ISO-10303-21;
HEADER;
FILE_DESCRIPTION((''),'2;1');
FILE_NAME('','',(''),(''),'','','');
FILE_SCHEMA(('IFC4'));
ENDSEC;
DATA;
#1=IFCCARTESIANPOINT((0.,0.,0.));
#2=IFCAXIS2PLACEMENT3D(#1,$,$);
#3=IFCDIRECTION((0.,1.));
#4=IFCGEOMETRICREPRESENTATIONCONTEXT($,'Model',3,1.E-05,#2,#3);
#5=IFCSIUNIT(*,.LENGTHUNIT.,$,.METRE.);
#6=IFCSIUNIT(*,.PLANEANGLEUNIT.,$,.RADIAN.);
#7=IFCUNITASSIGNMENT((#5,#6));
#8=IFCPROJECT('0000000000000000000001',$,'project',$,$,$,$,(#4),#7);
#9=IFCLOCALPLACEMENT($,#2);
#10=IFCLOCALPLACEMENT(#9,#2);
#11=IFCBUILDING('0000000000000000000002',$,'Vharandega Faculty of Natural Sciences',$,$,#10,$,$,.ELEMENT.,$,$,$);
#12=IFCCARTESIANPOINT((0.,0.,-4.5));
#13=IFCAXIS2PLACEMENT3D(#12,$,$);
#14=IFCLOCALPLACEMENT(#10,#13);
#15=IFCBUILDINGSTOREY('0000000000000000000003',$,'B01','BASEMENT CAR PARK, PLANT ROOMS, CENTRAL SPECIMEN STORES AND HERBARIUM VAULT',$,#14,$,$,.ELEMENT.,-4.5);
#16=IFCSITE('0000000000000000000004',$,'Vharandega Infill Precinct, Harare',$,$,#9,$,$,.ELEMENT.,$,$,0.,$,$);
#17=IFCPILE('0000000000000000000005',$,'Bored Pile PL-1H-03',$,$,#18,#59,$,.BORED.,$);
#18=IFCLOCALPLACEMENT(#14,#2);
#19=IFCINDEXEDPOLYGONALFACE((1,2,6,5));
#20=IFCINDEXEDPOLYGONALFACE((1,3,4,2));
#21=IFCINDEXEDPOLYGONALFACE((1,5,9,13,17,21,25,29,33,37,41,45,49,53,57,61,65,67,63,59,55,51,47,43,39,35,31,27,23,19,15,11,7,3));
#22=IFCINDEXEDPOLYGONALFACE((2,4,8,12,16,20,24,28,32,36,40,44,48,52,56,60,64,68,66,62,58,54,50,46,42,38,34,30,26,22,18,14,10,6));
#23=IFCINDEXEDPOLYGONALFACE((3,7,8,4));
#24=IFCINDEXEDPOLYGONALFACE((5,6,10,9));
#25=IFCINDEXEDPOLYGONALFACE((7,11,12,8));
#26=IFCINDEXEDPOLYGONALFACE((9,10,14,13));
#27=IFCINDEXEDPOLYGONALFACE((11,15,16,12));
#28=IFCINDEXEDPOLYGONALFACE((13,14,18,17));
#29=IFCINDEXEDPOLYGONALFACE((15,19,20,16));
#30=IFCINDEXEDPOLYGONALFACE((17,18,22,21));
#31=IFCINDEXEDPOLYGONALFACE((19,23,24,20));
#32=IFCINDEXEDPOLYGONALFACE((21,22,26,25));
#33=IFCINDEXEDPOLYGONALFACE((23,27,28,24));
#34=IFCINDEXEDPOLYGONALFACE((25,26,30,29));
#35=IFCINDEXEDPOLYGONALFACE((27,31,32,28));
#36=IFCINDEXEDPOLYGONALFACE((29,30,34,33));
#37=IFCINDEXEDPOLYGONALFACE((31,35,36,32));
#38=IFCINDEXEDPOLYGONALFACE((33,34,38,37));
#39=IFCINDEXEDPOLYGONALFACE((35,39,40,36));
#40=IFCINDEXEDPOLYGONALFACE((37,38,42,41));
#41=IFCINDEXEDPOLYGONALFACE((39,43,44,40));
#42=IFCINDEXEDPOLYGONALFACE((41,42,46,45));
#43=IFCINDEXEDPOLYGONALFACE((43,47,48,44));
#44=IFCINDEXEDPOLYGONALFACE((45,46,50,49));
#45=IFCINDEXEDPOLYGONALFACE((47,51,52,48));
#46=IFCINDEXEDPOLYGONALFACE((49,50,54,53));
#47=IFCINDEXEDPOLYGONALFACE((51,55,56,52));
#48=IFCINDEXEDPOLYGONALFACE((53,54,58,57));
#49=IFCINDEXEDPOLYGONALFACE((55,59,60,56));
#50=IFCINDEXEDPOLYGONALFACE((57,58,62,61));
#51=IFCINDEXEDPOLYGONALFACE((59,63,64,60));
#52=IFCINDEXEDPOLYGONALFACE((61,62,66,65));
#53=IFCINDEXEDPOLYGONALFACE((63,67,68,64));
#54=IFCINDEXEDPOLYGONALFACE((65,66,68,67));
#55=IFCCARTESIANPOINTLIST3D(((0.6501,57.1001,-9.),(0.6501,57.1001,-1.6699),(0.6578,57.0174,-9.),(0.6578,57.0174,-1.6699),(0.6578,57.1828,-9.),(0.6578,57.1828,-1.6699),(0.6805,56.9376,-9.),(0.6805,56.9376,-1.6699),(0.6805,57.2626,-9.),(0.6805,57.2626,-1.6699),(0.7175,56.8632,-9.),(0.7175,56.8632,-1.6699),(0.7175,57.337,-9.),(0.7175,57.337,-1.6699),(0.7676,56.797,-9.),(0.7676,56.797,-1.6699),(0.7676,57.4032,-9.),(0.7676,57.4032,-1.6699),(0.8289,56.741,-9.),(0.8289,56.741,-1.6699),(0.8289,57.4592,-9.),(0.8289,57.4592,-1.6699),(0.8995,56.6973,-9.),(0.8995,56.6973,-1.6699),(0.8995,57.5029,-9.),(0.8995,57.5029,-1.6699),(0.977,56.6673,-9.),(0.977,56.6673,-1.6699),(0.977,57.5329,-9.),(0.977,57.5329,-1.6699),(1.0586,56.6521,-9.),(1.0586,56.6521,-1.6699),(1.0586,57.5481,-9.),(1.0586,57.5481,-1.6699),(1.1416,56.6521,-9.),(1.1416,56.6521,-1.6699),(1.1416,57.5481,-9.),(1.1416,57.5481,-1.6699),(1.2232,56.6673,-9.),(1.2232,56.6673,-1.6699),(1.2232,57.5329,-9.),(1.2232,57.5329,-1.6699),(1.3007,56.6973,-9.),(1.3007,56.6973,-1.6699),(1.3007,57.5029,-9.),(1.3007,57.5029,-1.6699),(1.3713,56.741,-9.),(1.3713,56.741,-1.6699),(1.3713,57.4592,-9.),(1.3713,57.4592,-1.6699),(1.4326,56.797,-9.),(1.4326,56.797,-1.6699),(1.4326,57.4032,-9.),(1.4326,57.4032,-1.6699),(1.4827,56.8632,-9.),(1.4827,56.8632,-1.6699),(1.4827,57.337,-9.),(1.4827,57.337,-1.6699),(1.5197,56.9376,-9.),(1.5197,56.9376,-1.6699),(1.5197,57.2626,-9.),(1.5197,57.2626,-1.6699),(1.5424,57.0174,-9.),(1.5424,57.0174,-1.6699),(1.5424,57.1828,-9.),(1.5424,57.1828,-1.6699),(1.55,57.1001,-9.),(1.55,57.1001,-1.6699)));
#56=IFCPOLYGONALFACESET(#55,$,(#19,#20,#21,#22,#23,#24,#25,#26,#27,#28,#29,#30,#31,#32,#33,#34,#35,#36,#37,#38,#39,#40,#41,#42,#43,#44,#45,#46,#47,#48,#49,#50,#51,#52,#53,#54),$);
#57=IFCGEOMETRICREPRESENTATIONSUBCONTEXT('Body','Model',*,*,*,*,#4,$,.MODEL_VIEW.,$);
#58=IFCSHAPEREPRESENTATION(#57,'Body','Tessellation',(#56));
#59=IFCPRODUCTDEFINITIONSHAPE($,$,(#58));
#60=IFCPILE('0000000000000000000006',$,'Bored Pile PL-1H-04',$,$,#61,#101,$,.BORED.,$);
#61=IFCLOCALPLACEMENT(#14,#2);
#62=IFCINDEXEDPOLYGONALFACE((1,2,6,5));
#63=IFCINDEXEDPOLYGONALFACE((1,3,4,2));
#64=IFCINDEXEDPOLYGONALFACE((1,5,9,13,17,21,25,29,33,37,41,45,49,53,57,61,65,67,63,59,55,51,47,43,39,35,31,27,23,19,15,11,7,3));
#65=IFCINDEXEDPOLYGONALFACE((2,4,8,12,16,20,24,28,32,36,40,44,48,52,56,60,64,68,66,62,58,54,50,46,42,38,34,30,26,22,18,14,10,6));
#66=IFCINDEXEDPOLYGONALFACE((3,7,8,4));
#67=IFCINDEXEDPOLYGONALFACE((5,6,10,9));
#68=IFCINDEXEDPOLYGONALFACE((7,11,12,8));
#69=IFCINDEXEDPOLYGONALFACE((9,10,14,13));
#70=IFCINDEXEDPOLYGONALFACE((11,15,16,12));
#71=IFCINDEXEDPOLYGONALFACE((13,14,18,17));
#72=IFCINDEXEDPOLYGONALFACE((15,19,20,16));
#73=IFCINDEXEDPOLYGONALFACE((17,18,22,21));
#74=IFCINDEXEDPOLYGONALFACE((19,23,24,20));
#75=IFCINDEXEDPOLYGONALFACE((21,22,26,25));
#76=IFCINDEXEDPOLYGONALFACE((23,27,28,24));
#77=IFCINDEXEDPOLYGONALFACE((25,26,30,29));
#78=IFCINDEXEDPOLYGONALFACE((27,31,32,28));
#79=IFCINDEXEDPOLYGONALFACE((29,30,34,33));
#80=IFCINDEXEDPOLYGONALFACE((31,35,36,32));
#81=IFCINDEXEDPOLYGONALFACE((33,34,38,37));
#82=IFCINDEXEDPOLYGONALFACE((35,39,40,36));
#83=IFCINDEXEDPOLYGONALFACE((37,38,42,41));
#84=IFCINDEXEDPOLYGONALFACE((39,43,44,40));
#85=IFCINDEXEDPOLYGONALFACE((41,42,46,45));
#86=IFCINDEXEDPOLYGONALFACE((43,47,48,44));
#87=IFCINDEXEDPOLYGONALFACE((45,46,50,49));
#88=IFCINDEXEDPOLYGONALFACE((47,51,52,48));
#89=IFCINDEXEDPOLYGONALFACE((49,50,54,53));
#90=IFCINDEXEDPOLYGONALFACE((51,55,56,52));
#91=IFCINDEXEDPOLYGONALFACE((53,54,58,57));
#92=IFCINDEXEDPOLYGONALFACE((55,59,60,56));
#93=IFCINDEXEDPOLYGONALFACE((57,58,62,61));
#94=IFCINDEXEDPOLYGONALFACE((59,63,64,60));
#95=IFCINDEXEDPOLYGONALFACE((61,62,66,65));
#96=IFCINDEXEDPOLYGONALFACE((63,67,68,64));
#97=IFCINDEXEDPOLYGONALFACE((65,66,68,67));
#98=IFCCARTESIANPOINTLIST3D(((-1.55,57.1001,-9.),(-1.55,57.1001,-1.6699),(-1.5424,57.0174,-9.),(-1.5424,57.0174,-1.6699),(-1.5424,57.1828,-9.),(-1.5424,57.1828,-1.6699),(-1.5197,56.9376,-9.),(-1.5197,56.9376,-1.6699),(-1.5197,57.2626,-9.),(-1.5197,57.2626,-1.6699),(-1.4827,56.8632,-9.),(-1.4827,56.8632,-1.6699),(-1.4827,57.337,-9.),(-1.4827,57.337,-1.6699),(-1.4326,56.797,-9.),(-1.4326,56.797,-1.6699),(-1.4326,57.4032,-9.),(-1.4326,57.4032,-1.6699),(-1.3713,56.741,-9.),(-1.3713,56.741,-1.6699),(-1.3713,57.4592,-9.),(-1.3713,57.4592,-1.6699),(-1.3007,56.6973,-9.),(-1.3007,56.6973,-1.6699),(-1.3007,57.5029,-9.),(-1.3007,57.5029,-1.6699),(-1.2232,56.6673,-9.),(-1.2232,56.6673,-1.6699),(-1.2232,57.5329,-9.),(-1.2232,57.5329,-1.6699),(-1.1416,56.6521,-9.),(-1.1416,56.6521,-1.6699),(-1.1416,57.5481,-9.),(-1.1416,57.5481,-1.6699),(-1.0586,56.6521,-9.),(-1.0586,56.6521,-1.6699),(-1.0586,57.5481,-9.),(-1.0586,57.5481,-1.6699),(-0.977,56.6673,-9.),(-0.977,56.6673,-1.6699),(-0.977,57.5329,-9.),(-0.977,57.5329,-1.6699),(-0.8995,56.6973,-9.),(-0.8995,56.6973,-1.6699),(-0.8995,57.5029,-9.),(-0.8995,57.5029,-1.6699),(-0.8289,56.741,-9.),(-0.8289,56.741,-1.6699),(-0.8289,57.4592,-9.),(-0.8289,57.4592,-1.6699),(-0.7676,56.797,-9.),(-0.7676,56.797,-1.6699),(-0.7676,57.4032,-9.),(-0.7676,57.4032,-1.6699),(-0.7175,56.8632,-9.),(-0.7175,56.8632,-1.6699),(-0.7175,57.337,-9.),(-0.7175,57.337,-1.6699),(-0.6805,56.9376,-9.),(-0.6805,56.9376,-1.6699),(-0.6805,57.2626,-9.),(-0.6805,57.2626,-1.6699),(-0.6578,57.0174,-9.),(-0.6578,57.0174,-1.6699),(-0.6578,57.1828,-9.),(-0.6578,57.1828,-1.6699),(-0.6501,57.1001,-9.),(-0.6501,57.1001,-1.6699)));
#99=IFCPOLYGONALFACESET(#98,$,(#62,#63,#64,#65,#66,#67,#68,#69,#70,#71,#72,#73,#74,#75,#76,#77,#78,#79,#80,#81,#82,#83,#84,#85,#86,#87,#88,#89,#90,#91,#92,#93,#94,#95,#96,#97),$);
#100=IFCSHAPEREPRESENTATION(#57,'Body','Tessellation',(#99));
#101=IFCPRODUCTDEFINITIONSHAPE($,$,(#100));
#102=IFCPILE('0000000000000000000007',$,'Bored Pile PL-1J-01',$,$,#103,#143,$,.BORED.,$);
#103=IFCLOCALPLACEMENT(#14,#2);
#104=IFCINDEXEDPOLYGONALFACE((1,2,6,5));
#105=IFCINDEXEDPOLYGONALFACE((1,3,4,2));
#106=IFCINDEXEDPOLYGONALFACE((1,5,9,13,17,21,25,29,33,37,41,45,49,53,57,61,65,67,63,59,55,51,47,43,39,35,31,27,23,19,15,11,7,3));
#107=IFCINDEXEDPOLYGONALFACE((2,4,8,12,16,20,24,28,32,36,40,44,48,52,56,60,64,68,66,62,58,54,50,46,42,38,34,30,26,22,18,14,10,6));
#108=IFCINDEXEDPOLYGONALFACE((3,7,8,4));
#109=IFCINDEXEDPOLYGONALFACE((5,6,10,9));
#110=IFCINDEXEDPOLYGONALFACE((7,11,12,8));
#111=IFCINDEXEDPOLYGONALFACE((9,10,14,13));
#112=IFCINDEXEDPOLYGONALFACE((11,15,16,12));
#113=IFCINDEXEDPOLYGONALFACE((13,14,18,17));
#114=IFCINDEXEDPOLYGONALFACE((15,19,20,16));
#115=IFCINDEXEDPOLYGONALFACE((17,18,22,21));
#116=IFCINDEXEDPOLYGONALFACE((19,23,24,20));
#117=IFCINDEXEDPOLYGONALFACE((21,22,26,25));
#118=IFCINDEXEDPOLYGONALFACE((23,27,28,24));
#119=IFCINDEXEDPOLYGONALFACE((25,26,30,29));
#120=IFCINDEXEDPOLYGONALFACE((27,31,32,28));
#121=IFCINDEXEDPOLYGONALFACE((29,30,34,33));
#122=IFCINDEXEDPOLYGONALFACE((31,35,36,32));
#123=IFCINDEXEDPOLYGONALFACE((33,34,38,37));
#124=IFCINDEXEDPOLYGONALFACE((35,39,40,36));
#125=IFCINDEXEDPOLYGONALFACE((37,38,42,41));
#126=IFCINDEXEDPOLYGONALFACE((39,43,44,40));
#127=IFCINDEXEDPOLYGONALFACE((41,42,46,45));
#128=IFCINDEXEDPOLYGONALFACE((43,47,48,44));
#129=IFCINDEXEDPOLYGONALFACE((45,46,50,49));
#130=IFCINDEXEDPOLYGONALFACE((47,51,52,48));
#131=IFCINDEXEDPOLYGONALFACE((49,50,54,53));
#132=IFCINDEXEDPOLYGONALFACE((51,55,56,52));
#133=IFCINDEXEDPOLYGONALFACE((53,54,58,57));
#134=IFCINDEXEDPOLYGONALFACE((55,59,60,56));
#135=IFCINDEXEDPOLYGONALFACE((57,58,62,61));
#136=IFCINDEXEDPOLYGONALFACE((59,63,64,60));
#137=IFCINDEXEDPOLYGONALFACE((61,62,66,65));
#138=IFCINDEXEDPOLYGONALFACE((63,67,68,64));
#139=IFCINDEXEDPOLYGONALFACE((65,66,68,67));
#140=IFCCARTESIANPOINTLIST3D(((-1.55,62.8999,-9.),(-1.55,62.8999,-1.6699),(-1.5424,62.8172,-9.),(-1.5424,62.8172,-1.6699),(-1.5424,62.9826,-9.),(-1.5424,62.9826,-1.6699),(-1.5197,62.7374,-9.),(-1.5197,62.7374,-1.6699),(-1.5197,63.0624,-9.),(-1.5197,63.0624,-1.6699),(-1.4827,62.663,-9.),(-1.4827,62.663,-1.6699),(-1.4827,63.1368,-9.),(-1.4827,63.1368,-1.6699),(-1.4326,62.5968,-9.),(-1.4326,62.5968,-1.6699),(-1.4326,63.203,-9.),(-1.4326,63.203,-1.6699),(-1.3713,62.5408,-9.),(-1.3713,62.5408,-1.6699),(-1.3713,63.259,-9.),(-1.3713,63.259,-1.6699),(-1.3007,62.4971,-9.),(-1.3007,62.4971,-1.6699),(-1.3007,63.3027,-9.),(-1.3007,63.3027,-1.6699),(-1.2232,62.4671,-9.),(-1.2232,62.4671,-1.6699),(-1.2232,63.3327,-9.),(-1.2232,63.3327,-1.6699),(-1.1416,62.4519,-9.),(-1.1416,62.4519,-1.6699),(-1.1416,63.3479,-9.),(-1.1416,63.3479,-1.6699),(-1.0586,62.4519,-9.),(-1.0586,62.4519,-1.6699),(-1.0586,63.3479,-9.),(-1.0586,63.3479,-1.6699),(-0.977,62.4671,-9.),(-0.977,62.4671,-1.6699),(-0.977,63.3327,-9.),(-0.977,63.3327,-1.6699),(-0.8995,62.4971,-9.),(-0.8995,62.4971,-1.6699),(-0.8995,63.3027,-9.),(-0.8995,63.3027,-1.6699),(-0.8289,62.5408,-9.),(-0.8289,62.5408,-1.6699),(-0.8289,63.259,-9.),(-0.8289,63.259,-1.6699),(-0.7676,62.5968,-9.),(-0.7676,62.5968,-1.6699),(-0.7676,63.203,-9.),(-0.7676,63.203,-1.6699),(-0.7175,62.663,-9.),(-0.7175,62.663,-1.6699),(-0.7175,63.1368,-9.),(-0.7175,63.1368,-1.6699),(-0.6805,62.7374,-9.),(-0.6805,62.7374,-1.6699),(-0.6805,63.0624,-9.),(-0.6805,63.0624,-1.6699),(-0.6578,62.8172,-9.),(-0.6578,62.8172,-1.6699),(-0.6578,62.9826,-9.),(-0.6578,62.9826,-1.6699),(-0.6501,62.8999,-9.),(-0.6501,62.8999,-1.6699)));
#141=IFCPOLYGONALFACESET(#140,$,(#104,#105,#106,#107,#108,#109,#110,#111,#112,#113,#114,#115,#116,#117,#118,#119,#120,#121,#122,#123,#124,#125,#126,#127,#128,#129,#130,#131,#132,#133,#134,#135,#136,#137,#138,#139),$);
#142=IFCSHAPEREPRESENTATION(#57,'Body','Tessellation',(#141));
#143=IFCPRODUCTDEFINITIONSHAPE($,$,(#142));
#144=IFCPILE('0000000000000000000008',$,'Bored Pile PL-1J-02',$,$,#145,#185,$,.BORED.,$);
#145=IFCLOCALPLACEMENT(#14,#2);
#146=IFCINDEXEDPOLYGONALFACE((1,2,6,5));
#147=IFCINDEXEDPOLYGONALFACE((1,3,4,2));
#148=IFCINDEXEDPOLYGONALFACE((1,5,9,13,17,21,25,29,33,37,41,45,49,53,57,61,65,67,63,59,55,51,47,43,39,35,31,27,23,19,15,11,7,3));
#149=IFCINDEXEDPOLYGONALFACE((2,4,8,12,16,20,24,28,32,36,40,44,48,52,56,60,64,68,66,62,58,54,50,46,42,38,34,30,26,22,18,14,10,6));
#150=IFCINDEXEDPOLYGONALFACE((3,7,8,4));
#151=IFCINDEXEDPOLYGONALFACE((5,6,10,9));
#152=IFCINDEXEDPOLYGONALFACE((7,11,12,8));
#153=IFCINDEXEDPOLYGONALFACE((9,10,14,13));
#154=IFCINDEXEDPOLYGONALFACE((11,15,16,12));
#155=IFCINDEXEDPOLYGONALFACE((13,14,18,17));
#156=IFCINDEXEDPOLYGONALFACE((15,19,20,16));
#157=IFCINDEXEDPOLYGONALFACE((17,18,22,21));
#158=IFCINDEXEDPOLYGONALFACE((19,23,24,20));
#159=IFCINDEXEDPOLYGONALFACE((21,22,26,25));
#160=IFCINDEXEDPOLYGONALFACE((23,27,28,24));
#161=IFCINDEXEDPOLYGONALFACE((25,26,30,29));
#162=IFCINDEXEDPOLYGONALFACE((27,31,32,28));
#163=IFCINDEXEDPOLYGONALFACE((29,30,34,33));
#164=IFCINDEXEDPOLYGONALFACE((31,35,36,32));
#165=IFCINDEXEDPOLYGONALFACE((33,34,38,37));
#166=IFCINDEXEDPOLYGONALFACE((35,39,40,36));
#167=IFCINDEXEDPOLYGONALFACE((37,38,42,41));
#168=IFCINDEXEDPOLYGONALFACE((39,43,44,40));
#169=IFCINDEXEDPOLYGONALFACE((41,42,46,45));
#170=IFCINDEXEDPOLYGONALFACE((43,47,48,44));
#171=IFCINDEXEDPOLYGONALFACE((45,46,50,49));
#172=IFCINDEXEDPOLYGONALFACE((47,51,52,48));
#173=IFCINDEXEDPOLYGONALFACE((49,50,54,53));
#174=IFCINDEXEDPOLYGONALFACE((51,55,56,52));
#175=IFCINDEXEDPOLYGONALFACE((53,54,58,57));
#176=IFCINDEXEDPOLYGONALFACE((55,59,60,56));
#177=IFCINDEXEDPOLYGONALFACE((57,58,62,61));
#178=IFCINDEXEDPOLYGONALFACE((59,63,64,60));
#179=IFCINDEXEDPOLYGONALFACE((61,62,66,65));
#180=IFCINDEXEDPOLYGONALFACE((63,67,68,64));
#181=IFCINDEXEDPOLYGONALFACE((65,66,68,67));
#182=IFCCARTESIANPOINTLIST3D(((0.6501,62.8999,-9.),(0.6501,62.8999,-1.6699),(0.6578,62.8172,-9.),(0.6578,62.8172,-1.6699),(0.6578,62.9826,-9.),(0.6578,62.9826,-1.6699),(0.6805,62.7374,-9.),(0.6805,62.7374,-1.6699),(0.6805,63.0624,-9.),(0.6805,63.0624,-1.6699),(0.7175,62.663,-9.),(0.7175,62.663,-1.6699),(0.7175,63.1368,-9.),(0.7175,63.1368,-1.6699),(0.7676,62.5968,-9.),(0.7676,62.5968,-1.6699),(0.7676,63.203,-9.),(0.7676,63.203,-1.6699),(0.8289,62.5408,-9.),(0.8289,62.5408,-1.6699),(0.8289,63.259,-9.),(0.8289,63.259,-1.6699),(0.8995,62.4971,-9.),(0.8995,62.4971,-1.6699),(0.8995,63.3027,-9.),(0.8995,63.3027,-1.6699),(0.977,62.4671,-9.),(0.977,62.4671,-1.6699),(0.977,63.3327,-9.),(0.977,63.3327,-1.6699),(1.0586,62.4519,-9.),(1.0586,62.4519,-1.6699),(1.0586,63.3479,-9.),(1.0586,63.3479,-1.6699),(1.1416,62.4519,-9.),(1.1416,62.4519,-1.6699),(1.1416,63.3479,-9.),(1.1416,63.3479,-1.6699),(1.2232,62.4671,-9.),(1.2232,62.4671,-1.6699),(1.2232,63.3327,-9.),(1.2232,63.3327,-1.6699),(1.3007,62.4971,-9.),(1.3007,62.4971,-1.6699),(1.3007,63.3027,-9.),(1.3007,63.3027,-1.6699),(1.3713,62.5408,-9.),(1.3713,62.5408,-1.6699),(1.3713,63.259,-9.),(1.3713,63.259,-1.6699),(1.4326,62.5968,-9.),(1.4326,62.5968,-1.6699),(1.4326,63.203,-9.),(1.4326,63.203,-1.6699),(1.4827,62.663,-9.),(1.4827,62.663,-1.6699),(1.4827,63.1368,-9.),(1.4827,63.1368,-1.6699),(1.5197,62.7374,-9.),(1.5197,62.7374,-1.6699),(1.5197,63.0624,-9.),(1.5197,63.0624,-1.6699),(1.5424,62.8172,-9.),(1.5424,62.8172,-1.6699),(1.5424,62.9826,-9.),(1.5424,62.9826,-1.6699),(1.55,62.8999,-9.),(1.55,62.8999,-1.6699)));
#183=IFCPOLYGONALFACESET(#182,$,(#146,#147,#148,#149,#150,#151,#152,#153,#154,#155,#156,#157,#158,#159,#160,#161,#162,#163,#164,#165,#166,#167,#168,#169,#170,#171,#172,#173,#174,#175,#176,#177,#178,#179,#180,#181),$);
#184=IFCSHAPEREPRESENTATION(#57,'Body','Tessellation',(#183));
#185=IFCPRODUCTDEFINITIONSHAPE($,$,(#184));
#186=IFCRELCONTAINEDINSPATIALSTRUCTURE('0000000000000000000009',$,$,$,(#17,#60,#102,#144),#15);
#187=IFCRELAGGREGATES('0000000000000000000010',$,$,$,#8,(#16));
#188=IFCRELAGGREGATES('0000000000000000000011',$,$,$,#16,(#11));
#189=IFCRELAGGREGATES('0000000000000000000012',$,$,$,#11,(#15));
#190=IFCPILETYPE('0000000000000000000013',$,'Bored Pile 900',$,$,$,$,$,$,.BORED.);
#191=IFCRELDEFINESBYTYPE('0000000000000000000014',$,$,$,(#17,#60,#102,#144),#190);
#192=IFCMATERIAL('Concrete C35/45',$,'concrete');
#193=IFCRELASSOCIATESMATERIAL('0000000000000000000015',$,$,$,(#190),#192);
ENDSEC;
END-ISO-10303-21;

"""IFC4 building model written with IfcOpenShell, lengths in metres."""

from ifc_helpers import new_model, si_unit, direction, frame, origin, origin_2d, place, context, subcontext, project, spatial, circle, extrude, material, material_profile, profile_set, type_object, element, save


model = new_model("IFC4")

# Units and contexts
model_context = context("Model", 3, precision=1e-05, world=origin(), true_north=direction((0.0, 1.0)))
body_context = subcontext(model_context, "Body", "Model", "MODEL_VIEW")
ifc_project = project(units=[si_unit("LENGTHUNIT", "METRE"), si_unit("PLANEANGLEUNIT", "RADIAN")], contexts=[model_context])

# Site, building, storey
site_placement = place(None, origin())
site = spatial("IfcSite", under=ifc_project, at=site_placement, Name="Vharandega Infill Precinct, Harare", CompositionType="ELEMENT", RefElevation=0.0)
building_placement = place(site_placement, origin())
building = spatial("IfcBuilding", under=site, at=building_placement, Name="Vharandega Faculty of Natural Sciences", CompositionType="ELEMENT")
storey_placement = place(building_placement, frame((0.0, 0.0, -4.5)))
storey = spatial("IfcBuildingStorey", under=building, at=storey_placement, Name="B01", Description="BASEMENT CAR PARK, PLANT ROOMS, CENTRAL SPECIMEN STORES AND HERBARIUM VAULT", CompositionType="ELEMENT", Elevation=-4.5)

# Piles
ifc_material_1 = material(Name="Concrete C35/45", Category="concrete")
ifc_material_profile_1 = material_profile(ifc_material_1, circle(Radius=0.45, at=origin_2d()), Name="PILE 900")
ifc_profile_set_1 = profile_set([ifc_material_profile_1], Name="Concrete C35/45")
pile_type = type_object("IfcPileType", Name="Bored Pile 900", PredefinedType="BORED", material=ifc_profile_set_1)
for number, where, z_axis, x_axis, name in (
    (1, (1.1001, 57.1001, -1.6699), (0.0, 0.0, -1.0), (1.0, 0.0, 0.0), "Bored Pile PL-1H-03"),
    (2, (-1.1001, 57.1001, -1.6699), (0.0, 0.0, -1.0), (1.0, 0.0, 0.0), "Bored Pile PL-1H-04"),
    (3, (-1.1001, 62.8999, -1.6699), (0.0, 0.0, -1.0), (1.0, 0.0, 0.0), "Bored Pile PL-1J-01"),
    (4, (1.1001, 62.8999, -1.6699), (0.0, 0.0, -1.0), (1.0, 0.0, 0.0), "Bored Pile PL-1J-02"),
):
    element("IfcPile", number, at=place(storey_placement, frame(where, z_axis=z_axis, x_axis=x_axis)), inside=storey, type_object=pile_type, Name=name, PredefinedType="BORED", context=body_context, shape_type="SweptSolid", body=[
        extrude(circle(Radius=0.45, at=origin_2d()), origin(), (0.0, 0.0, 1.0), 7.3301),
    ])

save(model, "model.ifc")
